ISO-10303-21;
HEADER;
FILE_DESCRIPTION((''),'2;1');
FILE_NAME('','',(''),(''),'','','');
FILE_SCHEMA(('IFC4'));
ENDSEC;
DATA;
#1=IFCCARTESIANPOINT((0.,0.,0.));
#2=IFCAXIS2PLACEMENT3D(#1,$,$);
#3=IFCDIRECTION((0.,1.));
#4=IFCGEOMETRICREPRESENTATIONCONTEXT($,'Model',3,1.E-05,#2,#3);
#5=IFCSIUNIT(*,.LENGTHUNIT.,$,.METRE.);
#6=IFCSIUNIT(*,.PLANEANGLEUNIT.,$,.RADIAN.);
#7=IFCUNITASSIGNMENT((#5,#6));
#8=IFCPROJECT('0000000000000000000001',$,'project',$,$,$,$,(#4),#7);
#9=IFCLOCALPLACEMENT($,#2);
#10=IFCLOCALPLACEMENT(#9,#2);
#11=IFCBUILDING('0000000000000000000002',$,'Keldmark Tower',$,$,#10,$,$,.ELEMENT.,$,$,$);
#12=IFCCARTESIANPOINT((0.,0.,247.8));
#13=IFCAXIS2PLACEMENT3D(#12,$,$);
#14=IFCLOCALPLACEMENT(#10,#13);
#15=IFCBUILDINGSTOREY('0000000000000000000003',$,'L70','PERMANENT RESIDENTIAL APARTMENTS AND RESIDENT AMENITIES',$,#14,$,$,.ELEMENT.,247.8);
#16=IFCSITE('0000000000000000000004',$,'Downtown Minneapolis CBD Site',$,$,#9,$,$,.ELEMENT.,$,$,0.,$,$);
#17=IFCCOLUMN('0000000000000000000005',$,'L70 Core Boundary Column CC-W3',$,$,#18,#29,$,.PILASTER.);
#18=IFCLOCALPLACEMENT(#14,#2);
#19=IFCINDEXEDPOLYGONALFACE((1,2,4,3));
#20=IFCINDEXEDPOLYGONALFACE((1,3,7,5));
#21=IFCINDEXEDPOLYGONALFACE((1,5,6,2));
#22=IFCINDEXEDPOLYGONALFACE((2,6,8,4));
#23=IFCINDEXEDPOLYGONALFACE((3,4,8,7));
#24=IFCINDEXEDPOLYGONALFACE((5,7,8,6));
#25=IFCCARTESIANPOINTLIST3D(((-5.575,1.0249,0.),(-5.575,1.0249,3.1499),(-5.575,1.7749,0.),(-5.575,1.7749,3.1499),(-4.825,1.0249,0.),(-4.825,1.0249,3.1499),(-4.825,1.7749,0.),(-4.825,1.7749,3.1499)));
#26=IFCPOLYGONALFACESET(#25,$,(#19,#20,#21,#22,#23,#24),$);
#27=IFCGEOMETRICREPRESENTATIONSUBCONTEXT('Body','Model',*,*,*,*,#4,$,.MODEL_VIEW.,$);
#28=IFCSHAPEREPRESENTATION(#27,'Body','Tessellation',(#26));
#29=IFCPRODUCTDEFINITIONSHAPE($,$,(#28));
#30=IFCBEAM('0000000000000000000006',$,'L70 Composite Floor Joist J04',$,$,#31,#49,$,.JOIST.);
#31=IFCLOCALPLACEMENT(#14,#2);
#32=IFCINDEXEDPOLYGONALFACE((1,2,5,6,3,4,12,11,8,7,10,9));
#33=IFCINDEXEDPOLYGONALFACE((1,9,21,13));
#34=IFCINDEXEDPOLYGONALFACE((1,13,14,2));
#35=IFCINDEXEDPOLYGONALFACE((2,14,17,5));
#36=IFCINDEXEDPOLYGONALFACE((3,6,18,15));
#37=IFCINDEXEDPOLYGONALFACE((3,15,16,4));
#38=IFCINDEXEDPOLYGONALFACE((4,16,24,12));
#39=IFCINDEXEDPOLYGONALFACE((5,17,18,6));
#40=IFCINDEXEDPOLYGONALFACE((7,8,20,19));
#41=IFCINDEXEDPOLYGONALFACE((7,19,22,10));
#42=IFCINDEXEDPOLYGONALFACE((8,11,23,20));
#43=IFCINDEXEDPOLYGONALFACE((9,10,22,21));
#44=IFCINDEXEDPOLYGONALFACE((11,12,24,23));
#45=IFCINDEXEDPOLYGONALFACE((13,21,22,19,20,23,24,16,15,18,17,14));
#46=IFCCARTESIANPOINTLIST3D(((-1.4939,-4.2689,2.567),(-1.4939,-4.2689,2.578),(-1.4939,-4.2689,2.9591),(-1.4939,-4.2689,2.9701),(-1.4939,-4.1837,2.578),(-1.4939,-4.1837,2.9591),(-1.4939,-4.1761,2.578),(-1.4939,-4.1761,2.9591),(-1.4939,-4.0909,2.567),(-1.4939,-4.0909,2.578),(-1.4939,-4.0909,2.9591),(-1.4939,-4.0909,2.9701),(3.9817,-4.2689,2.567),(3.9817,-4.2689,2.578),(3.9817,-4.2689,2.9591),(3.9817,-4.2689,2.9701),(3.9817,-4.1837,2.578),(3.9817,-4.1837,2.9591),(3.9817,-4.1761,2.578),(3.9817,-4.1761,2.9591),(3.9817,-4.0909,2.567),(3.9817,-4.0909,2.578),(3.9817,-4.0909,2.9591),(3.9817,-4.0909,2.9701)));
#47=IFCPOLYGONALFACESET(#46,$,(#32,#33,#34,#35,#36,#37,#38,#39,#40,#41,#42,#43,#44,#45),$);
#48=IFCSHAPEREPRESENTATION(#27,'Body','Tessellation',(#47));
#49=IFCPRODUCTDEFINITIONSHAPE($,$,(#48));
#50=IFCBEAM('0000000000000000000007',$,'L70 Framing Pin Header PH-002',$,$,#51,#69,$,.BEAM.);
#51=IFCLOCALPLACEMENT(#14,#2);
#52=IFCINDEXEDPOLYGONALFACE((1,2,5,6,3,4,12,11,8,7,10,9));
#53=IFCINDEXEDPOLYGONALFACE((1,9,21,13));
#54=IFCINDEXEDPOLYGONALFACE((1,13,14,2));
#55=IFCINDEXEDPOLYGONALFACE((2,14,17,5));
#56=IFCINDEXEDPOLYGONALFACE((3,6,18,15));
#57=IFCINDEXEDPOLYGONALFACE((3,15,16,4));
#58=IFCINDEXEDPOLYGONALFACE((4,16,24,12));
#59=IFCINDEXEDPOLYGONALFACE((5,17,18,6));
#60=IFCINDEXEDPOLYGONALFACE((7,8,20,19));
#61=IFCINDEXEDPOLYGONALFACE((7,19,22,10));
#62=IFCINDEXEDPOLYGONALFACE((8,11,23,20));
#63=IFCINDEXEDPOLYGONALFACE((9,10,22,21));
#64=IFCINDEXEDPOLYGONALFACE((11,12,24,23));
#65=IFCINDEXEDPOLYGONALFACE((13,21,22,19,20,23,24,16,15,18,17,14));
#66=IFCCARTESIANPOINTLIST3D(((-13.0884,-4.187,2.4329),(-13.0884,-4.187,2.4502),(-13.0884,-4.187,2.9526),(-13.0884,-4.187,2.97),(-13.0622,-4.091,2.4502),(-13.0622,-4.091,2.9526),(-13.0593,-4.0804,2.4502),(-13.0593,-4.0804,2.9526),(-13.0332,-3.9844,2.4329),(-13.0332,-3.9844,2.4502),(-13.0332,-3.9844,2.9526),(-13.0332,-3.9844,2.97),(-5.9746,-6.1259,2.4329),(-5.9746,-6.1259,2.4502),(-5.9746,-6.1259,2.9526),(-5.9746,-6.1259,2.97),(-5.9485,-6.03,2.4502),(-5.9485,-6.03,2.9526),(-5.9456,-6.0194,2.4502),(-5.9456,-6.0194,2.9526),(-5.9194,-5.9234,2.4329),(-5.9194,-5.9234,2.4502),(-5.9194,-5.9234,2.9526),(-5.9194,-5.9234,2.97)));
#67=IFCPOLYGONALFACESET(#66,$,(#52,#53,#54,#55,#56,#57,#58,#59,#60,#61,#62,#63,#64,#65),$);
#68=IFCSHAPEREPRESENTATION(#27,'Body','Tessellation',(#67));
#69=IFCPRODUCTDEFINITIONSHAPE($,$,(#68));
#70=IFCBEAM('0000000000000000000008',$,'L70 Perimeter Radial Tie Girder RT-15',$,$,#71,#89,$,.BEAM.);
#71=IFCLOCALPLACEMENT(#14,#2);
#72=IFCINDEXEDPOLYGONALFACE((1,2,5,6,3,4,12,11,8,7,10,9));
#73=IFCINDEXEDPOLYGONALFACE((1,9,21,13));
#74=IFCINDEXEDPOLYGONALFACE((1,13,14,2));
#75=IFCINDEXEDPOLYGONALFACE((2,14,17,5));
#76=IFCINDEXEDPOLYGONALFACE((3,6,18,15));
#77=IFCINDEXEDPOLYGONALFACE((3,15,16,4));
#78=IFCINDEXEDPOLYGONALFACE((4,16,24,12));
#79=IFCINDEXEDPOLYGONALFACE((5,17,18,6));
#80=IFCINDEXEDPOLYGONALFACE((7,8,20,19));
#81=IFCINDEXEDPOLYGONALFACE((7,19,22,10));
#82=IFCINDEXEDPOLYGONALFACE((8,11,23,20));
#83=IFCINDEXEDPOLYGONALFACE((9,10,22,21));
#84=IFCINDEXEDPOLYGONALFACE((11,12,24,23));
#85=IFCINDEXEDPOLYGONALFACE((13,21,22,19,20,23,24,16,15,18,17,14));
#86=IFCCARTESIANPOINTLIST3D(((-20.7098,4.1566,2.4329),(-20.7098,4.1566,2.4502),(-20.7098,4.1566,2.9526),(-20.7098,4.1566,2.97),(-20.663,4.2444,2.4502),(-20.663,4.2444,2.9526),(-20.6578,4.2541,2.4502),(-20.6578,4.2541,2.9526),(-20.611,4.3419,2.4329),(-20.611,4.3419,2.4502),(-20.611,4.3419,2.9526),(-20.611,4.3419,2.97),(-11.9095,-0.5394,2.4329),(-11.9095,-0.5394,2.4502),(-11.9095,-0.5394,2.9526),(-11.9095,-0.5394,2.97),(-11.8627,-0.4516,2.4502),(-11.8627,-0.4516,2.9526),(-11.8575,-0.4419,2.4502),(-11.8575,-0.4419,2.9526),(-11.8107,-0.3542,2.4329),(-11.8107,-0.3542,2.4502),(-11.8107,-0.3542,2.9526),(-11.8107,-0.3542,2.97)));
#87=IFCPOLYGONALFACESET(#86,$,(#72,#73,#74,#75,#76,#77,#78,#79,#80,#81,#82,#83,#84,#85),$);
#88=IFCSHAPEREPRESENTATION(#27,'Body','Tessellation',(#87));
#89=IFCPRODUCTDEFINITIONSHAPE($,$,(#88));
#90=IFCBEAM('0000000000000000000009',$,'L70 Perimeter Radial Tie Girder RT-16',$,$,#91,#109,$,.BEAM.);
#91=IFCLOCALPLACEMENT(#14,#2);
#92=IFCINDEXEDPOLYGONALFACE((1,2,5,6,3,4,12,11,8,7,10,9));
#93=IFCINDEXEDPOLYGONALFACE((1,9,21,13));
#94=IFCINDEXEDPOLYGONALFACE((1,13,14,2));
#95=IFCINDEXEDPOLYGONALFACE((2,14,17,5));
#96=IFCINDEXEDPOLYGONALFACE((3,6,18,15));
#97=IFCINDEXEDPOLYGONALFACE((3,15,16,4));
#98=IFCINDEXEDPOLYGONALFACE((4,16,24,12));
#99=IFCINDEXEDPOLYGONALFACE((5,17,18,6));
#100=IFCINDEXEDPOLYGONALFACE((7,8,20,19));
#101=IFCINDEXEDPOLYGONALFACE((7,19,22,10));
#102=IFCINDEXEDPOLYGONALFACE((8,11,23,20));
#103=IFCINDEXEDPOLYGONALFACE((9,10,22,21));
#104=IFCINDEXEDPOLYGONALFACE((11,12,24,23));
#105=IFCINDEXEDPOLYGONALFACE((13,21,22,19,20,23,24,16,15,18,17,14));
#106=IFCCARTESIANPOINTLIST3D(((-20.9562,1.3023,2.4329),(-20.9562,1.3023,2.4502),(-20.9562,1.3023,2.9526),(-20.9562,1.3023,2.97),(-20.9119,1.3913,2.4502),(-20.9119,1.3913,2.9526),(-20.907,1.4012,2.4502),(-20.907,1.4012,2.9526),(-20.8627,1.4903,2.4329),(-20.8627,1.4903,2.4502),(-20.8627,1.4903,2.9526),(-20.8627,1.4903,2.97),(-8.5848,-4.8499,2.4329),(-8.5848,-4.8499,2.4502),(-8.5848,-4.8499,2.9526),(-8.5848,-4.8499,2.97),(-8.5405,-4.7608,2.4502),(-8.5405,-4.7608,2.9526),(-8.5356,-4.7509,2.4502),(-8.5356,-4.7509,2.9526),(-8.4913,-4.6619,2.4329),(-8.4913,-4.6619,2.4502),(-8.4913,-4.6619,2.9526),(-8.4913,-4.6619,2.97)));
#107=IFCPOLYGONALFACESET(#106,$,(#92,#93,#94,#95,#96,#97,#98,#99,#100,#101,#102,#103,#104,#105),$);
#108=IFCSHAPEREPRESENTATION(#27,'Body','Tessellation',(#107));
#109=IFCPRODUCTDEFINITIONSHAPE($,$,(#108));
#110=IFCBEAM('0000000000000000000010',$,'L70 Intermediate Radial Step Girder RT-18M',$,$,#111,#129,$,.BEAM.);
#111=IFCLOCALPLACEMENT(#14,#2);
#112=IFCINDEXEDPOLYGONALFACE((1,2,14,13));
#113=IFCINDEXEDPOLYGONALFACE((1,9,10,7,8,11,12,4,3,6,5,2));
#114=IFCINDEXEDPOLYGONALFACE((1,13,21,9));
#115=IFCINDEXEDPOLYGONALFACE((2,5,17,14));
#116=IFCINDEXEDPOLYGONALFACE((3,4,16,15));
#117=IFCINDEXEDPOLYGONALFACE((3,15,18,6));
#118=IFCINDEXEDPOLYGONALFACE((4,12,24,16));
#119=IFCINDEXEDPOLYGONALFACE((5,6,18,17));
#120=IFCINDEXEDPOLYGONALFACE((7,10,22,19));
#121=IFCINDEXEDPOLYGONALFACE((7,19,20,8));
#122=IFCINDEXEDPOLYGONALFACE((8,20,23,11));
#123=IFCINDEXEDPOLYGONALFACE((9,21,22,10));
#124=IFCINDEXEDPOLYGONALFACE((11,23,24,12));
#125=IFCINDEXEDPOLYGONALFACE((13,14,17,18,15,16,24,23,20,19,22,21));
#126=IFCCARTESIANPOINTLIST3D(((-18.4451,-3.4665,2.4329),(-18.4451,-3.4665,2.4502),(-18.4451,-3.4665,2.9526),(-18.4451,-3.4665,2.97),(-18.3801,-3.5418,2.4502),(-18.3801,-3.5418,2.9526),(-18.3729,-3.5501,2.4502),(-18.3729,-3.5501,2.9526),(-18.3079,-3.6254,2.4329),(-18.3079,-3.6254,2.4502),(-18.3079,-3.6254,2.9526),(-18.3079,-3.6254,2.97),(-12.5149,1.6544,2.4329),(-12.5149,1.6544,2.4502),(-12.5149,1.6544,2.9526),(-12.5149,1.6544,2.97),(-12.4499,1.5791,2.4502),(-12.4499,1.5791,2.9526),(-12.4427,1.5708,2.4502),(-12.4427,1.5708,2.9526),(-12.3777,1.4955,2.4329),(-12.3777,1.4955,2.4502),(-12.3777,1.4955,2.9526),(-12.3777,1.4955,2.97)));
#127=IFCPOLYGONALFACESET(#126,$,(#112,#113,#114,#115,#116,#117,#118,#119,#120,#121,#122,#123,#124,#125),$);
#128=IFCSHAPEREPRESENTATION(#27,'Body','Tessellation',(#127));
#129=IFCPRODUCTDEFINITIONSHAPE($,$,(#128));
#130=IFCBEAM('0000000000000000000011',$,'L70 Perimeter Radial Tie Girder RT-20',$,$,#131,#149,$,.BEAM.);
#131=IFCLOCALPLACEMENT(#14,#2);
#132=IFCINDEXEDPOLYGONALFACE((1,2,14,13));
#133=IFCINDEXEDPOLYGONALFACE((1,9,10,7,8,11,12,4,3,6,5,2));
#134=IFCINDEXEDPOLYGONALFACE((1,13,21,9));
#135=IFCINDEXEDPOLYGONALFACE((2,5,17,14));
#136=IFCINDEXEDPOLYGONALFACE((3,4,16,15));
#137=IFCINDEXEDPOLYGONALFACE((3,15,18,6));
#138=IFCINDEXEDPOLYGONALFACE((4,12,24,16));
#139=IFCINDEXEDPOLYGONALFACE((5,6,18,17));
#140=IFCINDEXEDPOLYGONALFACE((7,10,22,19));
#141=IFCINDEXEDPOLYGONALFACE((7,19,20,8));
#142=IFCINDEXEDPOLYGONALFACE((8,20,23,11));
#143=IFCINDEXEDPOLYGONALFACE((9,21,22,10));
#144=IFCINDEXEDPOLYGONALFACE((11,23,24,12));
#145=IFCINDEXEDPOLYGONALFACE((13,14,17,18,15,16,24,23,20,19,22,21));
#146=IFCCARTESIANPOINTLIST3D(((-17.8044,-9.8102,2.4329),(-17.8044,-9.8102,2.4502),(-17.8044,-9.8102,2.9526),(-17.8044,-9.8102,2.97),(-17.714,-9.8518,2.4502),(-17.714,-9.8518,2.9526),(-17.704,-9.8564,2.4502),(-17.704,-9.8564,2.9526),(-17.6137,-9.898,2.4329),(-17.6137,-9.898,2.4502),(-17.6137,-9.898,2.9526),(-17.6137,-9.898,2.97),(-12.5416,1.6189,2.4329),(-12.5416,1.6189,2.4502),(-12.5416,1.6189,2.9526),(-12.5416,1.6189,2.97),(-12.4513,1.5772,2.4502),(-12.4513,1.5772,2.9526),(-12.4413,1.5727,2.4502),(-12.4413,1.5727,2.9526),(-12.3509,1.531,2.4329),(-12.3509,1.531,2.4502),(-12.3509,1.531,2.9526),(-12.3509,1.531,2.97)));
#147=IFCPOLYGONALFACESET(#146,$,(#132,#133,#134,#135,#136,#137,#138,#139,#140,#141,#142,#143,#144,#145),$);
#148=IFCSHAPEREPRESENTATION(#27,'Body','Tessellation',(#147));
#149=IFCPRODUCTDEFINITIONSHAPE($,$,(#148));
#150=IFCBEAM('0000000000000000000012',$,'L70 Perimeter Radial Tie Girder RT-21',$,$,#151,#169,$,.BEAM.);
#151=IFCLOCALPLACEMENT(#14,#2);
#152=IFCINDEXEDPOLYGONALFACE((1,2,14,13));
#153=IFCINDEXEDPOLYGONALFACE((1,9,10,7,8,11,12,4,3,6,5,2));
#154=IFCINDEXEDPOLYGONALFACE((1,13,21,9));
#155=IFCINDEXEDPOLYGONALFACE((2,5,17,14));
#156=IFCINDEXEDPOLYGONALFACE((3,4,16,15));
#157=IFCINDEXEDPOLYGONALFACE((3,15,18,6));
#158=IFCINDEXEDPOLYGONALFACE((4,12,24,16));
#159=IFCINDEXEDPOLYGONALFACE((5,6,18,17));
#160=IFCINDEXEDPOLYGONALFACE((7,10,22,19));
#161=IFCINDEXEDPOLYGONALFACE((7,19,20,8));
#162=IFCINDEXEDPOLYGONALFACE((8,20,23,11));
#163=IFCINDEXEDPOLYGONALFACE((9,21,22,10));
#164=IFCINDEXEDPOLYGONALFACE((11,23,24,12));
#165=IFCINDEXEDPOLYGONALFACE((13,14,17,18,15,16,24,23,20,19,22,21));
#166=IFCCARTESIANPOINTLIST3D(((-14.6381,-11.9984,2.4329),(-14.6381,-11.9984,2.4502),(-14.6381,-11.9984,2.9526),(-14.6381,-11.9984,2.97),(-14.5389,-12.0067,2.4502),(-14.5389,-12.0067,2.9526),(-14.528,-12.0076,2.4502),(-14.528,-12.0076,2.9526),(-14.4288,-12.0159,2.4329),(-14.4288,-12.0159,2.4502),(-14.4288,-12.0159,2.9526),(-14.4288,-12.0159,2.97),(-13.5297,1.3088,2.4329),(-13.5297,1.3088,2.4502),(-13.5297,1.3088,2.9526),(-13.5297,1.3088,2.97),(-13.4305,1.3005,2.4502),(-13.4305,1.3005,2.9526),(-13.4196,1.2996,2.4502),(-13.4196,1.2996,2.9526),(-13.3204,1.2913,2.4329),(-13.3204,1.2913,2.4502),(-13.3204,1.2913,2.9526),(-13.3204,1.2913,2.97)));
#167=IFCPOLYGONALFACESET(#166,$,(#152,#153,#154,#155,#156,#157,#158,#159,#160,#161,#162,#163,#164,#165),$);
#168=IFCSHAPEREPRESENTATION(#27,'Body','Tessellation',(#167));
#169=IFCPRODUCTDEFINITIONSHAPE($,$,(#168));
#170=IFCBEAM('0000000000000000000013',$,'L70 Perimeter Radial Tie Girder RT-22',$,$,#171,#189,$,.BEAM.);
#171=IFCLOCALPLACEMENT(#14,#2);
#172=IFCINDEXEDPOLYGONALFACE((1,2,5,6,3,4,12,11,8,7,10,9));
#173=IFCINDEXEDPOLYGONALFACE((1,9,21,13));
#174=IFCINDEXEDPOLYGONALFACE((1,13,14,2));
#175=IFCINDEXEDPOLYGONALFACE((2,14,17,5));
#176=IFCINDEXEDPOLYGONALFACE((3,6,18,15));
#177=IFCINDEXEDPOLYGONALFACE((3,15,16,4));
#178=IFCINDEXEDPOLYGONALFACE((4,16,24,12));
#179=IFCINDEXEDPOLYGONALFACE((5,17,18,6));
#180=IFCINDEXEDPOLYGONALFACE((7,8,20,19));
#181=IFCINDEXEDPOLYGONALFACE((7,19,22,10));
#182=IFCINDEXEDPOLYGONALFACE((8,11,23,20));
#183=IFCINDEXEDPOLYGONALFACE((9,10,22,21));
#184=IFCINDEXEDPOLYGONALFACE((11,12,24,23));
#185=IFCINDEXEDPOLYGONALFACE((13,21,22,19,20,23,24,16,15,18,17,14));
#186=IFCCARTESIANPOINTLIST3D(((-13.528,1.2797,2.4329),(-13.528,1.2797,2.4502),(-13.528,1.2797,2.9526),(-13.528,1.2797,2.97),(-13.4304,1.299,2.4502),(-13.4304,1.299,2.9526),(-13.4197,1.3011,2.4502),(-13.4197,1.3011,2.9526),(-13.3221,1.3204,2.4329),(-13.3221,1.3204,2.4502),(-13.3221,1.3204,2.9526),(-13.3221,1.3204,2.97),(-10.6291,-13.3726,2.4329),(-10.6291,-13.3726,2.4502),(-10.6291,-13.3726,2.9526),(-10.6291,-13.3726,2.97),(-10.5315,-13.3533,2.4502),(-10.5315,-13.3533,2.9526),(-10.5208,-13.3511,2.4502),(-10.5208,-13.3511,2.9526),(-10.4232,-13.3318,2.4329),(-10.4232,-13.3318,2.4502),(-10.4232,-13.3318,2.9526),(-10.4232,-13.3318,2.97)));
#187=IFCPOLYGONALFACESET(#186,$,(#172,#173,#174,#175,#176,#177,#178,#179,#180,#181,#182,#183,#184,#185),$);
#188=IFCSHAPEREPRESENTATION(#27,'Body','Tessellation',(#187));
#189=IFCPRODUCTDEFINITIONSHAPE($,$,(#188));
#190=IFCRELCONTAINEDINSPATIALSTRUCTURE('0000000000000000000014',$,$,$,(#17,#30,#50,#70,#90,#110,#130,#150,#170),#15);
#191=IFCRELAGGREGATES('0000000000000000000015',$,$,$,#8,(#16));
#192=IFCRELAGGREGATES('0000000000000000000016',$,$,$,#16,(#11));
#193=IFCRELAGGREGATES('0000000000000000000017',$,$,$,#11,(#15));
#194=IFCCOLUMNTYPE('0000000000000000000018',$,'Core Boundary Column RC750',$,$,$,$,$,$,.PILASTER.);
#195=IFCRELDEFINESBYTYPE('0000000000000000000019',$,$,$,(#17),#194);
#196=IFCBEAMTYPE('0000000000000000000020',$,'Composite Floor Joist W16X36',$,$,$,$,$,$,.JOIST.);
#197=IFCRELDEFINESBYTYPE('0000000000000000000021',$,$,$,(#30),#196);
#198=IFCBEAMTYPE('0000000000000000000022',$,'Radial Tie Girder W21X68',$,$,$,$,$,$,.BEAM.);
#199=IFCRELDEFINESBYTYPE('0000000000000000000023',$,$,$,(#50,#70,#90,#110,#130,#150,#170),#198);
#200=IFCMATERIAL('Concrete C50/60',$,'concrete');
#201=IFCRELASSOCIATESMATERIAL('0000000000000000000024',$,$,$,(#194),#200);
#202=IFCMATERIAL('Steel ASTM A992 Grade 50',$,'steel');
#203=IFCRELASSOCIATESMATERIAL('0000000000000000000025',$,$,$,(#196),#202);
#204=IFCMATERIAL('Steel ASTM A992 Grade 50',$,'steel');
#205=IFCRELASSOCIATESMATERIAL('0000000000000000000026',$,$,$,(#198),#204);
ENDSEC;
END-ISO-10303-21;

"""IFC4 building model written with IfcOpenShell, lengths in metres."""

from ifc_helpers import new_model, si_unit, direction, frame, origin, origin_2d, place, context, subcontext, project, spatial, rectangle, i_section, extrude, material, material_profile, profile_set, type_object, element, save


model = new_model("IFC4")

# Units and contexts
model_context = context("Model", 3, precision=1e-05, world=origin(), true_north=direction((0.0, 1.0)))
body_context = subcontext(model_context, "Body", "Model", "MODEL_VIEW")
ifc_project = project(units=[si_unit("LENGTHUNIT", "METRE"), si_unit("PLANEANGLEUNIT", "RADIAN")], contexts=[model_context])

# Site, building, storey
site_placement = place(None, origin())
site = spatial("IfcSite", under=ifc_project, at=site_placement, Name="Downtown Minneapolis CBD Site", CompositionType="ELEMENT", RefElevation=0.0)
building_placement = place(site_placement, origin())
building = spatial("IfcBuilding", under=site, at=building_placement, Name="Keldmark Tower", CompositionType="ELEMENT")
storey_placement = place(building_placement, frame((0.0, 0.0, 247.8)))
storey = spatial("IfcBuildingStorey", under=building, at=storey_placement, Name="L70", Description="PERMANENT RESIDENTIAL APARTMENTS AND RESIDENT AMENITIES", CompositionType="ELEMENT", Elevation=247.8)

# Column
ifc_material_1 = material(Name="Concrete C50/60", Category="concrete")
ifc_material_profile_1 = material_profile(ifc_material_1, rectangle(XDim=0.75, YDim=0.75, at=origin_2d()), Name="RC750X750")
ifc_profile_set_1 = profile_set([ifc_material_profile_1], Name="Concrete C50/60")
column_type = type_object("IfcColumnType", Name="Core Boundary Column RC750", PredefinedType="PILASTER", material=ifc_profile_set_1)
column_placement = place(storey_placement, frame((-5.2, 1.3999, 0.0), z_axis=(0.0, 0.0, 1.0), x_axis=(1.0, 0.0, 0.0)))
element("IfcColumn", 1, at=column_placement, inside=storey, type_object=column_type, Name="L70 Core Boundary Column CC-W3", PredefinedType="PILASTER", context=body_context, shape_type="SweptSolid", body=[
    extrude(rectangle(XDim=0.75, YDim=0.75, at=origin_2d()), origin(), (0.0, 0.0, 1.0), 3.1499),
])

# Beams
ifc_material_2 = material(Name="Steel ASTM A992 Grade 50", Category="steel")
ifc_material_profile_2 = material_profile(ifc_material_2, i_section(OverallWidth=0.178, OverallDepth=0.4031, WebThickness=0.0076, FlangeThickness=0.011, at=origin_2d()), Name="W16X36")
ifc_profile_set_2 = profile_set([ifc_material_profile_2], Name="Steel ASTM A992 Grade 50")
beam_type_1 = type_object("IfcBeamType", Name="Composite Floor Joist W16X36", PredefinedType="JOIST", material=ifc_profile_set_2)
beam_1_placement = place(storey_placement, frame((-1.4939, -4.1799, 2.7686), z_axis=(1.0, 0.0, 0.0), x_axis=(0.0, 1.0, 0.0)))
element("IfcBeam", 2, at=beam_1_placement, inside=storey, type_object=beam_type_1, Name="L70 Composite Floor Joist J04", PredefinedType="JOIST", context=body_context, shape_type="SweptSolid", body=[
    extrude(i_section(OverallWidth=0.178, OverallDepth=0.4031, WebThickness=0.0076, FlangeThickness=0.011, at=origin_2d()), origin(), (0.0, 0.0, 1.0), 5.4756),
])
ifc_material_3 = material(Name="Steel ASTM A992 Grade 50", Category="steel")
ifc_material_profile_3 = material_profile(ifc_material_3, i_section(OverallWidth=0.21, OverallDepth=0.5371, WebThickness=0.011, FlangeThickness=0.0173, at=origin_2d()), Name="W21X68")
ifc_profile_set_3 = profile_set([ifc_material_profile_3], Name="Steel ASTM A992 Grade 50")
beam_type_2 = type_object("IfcBeamType", Name="Radial Tie Girder W21X68", PredefinedType="BEAM", material=ifc_profile_set_3)
beam_2_placement = place(storey_placement, frame((-13.0608, -4.0857, 2.7014), z_axis=(0.964804, -0.262972, 0.0), x_axis=(0.262972, 0.964804, 0.0)))
element("IfcBeam", 3, at=beam_2_placement, inside=storey, type_object=beam_type_2, Name="L70 Framing Pin Header PH-002", PredefinedType="BEAM", context=body_context, shape_type="SweptSolid", body=[
    extrude(i_section(OverallWidth=0.21, OverallDepth=0.5371, WebThickness=0.011, FlangeThickness=0.0173, at=origin_2d()), origin(), (0.0, 0.0, 1.0), 7.3733),
])
beam_3_placement = place(storey_placement, frame((-11.8601, -0.4468, 2.7014), z_axis=(-0.882247, 0.470788, 0.0), x_axis=(-0.470788, -0.882247, 0.0)))
element("IfcBeam", 4, at=beam_3_placement, inside=storey, type_object=beam_type_2, Name="L70 Perimeter Radial Tie Girder RT-15", PredefinedType="BEAM", context=body_context, shape_type="SweptSolid", body=[
    extrude(i_section(OverallWidth=0.21, OverallDepth=0.5371, WebThickness=0.011, FlangeThickness=0.0173, at=origin_2d()), origin(), (0.0, 0.0, 1.0), 9.9749),
])
beam_4_placement = place(storey_placement, frame((-8.5381, -4.7559, 2.7014), z_axis=(-0.895397, 0.445269, 0.0), x_axis=(-0.445269, -0.895397, 0.0)))
element("IfcBeam", 5, at=beam_4_placement, inside=storey, type_object=beam_type_2, Name="L70 Perimeter Radial Tie Girder RT-16", PredefinedType="BEAM", context=body_context, shape_type="SweptSolid", body=[
    extrude(i_section(OverallWidth=0.21, OverallDepth=0.5371, WebThickness=0.011, FlangeThickness=0.0173, at=origin_2d()), origin(), (0.0, 0.0, 1.0), 13.8167),
])
beam_5_placement = place(storey_placement, frame((-12.4463, 1.575, 2.7014), z_axis=(-0.756865, -0.653571, 0.0), x_axis=(0.653571, -0.756865, 0.0)))
element("IfcBeam", 6, at=beam_5_placement, inside=storey, type_object=beam_type_2, Name="L70 Intermediate Radial Step Girder RT-18M", PredefinedType="BEAM", context=body_context, shape_type="SweptSolid", body=[
    extrude(i_section(OverallWidth=0.21, OverallDepth=0.5371, WebThickness=0.011, FlangeThickness=0.0173, at=origin_2d()), origin(), (0.0, 0.0, 1.0), 7.8352),
])
beam_6_placement = place(storey_placement, frame((-12.4463, 1.575, 2.7014), z_axis=(-0.418258, -0.908328, 0.0), x_axis=(0.908328, -0.418258, 0.0)))
element("IfcBeam", 7, at=beam_6_placement, inside=storey, type_object=beam_type_2, Name="L70 Perimeter Radial Tie Girder RT-20", PredefinedType="BEAM", context=body_context, shape_type="SweptSolid", body=[
    extrude(i_section(OverallWidth=0.21, OverallDepth=0.5371, WebThickness=0.011, FlangeThickness=0.0173, at=origin_2d()), origin(), (0.0, 0.0, 1.0), 12.5825),
])
beam_7_placement = place(storey_placement, frame((-13.425, 1.3, 2.7014), z_axis=(-0.083006, -0.996549, 0.0), x_axis=(0.996549, -0.083006, 0.0)))
element("IfcBeam", 8, at=beam_7_placement, inside=storey, type_object=beam_type_2, Name="L70 Perimeter Radial Tie Girder RT-21", PredefinedType="BEAM", context=body_context, shape_type="SweptSolid", body=[
    extrude(i_section(OverallWidth=0.21, OverallDepth=0.5371, WebThickness=0.011, FlangeThickness=0.0173, at=origin_2d()), origin(), (0.0, 0.0, 1.0), 13.3533),
])
beam_8_placement = place(storey_placement, frame((-13.425, 1.3, 2.7014), z_axis=(0.194085, -0.980985, 0.0), x_axis=(0.980985, 0.194085, 0.0)))
element("IfcBeam", 9, at=beam_8_placement, inside=storey, type_object=beam_type_2, Name="L70 Perimeter Radial Tie Girder RT-22", PredefinedType="BEAM", context=body_context, shape_type="SweptSolid", body=[
    extrude(i_section(OverallWidth=0.21, OverallDepth=0.5371, WebThickness=0.011, FlangeThickness=0.0173, at=origin_2d()), origin(), (0.0, 0.0, 1.0), 14.9363),
])

save(model, "model.ifc")
